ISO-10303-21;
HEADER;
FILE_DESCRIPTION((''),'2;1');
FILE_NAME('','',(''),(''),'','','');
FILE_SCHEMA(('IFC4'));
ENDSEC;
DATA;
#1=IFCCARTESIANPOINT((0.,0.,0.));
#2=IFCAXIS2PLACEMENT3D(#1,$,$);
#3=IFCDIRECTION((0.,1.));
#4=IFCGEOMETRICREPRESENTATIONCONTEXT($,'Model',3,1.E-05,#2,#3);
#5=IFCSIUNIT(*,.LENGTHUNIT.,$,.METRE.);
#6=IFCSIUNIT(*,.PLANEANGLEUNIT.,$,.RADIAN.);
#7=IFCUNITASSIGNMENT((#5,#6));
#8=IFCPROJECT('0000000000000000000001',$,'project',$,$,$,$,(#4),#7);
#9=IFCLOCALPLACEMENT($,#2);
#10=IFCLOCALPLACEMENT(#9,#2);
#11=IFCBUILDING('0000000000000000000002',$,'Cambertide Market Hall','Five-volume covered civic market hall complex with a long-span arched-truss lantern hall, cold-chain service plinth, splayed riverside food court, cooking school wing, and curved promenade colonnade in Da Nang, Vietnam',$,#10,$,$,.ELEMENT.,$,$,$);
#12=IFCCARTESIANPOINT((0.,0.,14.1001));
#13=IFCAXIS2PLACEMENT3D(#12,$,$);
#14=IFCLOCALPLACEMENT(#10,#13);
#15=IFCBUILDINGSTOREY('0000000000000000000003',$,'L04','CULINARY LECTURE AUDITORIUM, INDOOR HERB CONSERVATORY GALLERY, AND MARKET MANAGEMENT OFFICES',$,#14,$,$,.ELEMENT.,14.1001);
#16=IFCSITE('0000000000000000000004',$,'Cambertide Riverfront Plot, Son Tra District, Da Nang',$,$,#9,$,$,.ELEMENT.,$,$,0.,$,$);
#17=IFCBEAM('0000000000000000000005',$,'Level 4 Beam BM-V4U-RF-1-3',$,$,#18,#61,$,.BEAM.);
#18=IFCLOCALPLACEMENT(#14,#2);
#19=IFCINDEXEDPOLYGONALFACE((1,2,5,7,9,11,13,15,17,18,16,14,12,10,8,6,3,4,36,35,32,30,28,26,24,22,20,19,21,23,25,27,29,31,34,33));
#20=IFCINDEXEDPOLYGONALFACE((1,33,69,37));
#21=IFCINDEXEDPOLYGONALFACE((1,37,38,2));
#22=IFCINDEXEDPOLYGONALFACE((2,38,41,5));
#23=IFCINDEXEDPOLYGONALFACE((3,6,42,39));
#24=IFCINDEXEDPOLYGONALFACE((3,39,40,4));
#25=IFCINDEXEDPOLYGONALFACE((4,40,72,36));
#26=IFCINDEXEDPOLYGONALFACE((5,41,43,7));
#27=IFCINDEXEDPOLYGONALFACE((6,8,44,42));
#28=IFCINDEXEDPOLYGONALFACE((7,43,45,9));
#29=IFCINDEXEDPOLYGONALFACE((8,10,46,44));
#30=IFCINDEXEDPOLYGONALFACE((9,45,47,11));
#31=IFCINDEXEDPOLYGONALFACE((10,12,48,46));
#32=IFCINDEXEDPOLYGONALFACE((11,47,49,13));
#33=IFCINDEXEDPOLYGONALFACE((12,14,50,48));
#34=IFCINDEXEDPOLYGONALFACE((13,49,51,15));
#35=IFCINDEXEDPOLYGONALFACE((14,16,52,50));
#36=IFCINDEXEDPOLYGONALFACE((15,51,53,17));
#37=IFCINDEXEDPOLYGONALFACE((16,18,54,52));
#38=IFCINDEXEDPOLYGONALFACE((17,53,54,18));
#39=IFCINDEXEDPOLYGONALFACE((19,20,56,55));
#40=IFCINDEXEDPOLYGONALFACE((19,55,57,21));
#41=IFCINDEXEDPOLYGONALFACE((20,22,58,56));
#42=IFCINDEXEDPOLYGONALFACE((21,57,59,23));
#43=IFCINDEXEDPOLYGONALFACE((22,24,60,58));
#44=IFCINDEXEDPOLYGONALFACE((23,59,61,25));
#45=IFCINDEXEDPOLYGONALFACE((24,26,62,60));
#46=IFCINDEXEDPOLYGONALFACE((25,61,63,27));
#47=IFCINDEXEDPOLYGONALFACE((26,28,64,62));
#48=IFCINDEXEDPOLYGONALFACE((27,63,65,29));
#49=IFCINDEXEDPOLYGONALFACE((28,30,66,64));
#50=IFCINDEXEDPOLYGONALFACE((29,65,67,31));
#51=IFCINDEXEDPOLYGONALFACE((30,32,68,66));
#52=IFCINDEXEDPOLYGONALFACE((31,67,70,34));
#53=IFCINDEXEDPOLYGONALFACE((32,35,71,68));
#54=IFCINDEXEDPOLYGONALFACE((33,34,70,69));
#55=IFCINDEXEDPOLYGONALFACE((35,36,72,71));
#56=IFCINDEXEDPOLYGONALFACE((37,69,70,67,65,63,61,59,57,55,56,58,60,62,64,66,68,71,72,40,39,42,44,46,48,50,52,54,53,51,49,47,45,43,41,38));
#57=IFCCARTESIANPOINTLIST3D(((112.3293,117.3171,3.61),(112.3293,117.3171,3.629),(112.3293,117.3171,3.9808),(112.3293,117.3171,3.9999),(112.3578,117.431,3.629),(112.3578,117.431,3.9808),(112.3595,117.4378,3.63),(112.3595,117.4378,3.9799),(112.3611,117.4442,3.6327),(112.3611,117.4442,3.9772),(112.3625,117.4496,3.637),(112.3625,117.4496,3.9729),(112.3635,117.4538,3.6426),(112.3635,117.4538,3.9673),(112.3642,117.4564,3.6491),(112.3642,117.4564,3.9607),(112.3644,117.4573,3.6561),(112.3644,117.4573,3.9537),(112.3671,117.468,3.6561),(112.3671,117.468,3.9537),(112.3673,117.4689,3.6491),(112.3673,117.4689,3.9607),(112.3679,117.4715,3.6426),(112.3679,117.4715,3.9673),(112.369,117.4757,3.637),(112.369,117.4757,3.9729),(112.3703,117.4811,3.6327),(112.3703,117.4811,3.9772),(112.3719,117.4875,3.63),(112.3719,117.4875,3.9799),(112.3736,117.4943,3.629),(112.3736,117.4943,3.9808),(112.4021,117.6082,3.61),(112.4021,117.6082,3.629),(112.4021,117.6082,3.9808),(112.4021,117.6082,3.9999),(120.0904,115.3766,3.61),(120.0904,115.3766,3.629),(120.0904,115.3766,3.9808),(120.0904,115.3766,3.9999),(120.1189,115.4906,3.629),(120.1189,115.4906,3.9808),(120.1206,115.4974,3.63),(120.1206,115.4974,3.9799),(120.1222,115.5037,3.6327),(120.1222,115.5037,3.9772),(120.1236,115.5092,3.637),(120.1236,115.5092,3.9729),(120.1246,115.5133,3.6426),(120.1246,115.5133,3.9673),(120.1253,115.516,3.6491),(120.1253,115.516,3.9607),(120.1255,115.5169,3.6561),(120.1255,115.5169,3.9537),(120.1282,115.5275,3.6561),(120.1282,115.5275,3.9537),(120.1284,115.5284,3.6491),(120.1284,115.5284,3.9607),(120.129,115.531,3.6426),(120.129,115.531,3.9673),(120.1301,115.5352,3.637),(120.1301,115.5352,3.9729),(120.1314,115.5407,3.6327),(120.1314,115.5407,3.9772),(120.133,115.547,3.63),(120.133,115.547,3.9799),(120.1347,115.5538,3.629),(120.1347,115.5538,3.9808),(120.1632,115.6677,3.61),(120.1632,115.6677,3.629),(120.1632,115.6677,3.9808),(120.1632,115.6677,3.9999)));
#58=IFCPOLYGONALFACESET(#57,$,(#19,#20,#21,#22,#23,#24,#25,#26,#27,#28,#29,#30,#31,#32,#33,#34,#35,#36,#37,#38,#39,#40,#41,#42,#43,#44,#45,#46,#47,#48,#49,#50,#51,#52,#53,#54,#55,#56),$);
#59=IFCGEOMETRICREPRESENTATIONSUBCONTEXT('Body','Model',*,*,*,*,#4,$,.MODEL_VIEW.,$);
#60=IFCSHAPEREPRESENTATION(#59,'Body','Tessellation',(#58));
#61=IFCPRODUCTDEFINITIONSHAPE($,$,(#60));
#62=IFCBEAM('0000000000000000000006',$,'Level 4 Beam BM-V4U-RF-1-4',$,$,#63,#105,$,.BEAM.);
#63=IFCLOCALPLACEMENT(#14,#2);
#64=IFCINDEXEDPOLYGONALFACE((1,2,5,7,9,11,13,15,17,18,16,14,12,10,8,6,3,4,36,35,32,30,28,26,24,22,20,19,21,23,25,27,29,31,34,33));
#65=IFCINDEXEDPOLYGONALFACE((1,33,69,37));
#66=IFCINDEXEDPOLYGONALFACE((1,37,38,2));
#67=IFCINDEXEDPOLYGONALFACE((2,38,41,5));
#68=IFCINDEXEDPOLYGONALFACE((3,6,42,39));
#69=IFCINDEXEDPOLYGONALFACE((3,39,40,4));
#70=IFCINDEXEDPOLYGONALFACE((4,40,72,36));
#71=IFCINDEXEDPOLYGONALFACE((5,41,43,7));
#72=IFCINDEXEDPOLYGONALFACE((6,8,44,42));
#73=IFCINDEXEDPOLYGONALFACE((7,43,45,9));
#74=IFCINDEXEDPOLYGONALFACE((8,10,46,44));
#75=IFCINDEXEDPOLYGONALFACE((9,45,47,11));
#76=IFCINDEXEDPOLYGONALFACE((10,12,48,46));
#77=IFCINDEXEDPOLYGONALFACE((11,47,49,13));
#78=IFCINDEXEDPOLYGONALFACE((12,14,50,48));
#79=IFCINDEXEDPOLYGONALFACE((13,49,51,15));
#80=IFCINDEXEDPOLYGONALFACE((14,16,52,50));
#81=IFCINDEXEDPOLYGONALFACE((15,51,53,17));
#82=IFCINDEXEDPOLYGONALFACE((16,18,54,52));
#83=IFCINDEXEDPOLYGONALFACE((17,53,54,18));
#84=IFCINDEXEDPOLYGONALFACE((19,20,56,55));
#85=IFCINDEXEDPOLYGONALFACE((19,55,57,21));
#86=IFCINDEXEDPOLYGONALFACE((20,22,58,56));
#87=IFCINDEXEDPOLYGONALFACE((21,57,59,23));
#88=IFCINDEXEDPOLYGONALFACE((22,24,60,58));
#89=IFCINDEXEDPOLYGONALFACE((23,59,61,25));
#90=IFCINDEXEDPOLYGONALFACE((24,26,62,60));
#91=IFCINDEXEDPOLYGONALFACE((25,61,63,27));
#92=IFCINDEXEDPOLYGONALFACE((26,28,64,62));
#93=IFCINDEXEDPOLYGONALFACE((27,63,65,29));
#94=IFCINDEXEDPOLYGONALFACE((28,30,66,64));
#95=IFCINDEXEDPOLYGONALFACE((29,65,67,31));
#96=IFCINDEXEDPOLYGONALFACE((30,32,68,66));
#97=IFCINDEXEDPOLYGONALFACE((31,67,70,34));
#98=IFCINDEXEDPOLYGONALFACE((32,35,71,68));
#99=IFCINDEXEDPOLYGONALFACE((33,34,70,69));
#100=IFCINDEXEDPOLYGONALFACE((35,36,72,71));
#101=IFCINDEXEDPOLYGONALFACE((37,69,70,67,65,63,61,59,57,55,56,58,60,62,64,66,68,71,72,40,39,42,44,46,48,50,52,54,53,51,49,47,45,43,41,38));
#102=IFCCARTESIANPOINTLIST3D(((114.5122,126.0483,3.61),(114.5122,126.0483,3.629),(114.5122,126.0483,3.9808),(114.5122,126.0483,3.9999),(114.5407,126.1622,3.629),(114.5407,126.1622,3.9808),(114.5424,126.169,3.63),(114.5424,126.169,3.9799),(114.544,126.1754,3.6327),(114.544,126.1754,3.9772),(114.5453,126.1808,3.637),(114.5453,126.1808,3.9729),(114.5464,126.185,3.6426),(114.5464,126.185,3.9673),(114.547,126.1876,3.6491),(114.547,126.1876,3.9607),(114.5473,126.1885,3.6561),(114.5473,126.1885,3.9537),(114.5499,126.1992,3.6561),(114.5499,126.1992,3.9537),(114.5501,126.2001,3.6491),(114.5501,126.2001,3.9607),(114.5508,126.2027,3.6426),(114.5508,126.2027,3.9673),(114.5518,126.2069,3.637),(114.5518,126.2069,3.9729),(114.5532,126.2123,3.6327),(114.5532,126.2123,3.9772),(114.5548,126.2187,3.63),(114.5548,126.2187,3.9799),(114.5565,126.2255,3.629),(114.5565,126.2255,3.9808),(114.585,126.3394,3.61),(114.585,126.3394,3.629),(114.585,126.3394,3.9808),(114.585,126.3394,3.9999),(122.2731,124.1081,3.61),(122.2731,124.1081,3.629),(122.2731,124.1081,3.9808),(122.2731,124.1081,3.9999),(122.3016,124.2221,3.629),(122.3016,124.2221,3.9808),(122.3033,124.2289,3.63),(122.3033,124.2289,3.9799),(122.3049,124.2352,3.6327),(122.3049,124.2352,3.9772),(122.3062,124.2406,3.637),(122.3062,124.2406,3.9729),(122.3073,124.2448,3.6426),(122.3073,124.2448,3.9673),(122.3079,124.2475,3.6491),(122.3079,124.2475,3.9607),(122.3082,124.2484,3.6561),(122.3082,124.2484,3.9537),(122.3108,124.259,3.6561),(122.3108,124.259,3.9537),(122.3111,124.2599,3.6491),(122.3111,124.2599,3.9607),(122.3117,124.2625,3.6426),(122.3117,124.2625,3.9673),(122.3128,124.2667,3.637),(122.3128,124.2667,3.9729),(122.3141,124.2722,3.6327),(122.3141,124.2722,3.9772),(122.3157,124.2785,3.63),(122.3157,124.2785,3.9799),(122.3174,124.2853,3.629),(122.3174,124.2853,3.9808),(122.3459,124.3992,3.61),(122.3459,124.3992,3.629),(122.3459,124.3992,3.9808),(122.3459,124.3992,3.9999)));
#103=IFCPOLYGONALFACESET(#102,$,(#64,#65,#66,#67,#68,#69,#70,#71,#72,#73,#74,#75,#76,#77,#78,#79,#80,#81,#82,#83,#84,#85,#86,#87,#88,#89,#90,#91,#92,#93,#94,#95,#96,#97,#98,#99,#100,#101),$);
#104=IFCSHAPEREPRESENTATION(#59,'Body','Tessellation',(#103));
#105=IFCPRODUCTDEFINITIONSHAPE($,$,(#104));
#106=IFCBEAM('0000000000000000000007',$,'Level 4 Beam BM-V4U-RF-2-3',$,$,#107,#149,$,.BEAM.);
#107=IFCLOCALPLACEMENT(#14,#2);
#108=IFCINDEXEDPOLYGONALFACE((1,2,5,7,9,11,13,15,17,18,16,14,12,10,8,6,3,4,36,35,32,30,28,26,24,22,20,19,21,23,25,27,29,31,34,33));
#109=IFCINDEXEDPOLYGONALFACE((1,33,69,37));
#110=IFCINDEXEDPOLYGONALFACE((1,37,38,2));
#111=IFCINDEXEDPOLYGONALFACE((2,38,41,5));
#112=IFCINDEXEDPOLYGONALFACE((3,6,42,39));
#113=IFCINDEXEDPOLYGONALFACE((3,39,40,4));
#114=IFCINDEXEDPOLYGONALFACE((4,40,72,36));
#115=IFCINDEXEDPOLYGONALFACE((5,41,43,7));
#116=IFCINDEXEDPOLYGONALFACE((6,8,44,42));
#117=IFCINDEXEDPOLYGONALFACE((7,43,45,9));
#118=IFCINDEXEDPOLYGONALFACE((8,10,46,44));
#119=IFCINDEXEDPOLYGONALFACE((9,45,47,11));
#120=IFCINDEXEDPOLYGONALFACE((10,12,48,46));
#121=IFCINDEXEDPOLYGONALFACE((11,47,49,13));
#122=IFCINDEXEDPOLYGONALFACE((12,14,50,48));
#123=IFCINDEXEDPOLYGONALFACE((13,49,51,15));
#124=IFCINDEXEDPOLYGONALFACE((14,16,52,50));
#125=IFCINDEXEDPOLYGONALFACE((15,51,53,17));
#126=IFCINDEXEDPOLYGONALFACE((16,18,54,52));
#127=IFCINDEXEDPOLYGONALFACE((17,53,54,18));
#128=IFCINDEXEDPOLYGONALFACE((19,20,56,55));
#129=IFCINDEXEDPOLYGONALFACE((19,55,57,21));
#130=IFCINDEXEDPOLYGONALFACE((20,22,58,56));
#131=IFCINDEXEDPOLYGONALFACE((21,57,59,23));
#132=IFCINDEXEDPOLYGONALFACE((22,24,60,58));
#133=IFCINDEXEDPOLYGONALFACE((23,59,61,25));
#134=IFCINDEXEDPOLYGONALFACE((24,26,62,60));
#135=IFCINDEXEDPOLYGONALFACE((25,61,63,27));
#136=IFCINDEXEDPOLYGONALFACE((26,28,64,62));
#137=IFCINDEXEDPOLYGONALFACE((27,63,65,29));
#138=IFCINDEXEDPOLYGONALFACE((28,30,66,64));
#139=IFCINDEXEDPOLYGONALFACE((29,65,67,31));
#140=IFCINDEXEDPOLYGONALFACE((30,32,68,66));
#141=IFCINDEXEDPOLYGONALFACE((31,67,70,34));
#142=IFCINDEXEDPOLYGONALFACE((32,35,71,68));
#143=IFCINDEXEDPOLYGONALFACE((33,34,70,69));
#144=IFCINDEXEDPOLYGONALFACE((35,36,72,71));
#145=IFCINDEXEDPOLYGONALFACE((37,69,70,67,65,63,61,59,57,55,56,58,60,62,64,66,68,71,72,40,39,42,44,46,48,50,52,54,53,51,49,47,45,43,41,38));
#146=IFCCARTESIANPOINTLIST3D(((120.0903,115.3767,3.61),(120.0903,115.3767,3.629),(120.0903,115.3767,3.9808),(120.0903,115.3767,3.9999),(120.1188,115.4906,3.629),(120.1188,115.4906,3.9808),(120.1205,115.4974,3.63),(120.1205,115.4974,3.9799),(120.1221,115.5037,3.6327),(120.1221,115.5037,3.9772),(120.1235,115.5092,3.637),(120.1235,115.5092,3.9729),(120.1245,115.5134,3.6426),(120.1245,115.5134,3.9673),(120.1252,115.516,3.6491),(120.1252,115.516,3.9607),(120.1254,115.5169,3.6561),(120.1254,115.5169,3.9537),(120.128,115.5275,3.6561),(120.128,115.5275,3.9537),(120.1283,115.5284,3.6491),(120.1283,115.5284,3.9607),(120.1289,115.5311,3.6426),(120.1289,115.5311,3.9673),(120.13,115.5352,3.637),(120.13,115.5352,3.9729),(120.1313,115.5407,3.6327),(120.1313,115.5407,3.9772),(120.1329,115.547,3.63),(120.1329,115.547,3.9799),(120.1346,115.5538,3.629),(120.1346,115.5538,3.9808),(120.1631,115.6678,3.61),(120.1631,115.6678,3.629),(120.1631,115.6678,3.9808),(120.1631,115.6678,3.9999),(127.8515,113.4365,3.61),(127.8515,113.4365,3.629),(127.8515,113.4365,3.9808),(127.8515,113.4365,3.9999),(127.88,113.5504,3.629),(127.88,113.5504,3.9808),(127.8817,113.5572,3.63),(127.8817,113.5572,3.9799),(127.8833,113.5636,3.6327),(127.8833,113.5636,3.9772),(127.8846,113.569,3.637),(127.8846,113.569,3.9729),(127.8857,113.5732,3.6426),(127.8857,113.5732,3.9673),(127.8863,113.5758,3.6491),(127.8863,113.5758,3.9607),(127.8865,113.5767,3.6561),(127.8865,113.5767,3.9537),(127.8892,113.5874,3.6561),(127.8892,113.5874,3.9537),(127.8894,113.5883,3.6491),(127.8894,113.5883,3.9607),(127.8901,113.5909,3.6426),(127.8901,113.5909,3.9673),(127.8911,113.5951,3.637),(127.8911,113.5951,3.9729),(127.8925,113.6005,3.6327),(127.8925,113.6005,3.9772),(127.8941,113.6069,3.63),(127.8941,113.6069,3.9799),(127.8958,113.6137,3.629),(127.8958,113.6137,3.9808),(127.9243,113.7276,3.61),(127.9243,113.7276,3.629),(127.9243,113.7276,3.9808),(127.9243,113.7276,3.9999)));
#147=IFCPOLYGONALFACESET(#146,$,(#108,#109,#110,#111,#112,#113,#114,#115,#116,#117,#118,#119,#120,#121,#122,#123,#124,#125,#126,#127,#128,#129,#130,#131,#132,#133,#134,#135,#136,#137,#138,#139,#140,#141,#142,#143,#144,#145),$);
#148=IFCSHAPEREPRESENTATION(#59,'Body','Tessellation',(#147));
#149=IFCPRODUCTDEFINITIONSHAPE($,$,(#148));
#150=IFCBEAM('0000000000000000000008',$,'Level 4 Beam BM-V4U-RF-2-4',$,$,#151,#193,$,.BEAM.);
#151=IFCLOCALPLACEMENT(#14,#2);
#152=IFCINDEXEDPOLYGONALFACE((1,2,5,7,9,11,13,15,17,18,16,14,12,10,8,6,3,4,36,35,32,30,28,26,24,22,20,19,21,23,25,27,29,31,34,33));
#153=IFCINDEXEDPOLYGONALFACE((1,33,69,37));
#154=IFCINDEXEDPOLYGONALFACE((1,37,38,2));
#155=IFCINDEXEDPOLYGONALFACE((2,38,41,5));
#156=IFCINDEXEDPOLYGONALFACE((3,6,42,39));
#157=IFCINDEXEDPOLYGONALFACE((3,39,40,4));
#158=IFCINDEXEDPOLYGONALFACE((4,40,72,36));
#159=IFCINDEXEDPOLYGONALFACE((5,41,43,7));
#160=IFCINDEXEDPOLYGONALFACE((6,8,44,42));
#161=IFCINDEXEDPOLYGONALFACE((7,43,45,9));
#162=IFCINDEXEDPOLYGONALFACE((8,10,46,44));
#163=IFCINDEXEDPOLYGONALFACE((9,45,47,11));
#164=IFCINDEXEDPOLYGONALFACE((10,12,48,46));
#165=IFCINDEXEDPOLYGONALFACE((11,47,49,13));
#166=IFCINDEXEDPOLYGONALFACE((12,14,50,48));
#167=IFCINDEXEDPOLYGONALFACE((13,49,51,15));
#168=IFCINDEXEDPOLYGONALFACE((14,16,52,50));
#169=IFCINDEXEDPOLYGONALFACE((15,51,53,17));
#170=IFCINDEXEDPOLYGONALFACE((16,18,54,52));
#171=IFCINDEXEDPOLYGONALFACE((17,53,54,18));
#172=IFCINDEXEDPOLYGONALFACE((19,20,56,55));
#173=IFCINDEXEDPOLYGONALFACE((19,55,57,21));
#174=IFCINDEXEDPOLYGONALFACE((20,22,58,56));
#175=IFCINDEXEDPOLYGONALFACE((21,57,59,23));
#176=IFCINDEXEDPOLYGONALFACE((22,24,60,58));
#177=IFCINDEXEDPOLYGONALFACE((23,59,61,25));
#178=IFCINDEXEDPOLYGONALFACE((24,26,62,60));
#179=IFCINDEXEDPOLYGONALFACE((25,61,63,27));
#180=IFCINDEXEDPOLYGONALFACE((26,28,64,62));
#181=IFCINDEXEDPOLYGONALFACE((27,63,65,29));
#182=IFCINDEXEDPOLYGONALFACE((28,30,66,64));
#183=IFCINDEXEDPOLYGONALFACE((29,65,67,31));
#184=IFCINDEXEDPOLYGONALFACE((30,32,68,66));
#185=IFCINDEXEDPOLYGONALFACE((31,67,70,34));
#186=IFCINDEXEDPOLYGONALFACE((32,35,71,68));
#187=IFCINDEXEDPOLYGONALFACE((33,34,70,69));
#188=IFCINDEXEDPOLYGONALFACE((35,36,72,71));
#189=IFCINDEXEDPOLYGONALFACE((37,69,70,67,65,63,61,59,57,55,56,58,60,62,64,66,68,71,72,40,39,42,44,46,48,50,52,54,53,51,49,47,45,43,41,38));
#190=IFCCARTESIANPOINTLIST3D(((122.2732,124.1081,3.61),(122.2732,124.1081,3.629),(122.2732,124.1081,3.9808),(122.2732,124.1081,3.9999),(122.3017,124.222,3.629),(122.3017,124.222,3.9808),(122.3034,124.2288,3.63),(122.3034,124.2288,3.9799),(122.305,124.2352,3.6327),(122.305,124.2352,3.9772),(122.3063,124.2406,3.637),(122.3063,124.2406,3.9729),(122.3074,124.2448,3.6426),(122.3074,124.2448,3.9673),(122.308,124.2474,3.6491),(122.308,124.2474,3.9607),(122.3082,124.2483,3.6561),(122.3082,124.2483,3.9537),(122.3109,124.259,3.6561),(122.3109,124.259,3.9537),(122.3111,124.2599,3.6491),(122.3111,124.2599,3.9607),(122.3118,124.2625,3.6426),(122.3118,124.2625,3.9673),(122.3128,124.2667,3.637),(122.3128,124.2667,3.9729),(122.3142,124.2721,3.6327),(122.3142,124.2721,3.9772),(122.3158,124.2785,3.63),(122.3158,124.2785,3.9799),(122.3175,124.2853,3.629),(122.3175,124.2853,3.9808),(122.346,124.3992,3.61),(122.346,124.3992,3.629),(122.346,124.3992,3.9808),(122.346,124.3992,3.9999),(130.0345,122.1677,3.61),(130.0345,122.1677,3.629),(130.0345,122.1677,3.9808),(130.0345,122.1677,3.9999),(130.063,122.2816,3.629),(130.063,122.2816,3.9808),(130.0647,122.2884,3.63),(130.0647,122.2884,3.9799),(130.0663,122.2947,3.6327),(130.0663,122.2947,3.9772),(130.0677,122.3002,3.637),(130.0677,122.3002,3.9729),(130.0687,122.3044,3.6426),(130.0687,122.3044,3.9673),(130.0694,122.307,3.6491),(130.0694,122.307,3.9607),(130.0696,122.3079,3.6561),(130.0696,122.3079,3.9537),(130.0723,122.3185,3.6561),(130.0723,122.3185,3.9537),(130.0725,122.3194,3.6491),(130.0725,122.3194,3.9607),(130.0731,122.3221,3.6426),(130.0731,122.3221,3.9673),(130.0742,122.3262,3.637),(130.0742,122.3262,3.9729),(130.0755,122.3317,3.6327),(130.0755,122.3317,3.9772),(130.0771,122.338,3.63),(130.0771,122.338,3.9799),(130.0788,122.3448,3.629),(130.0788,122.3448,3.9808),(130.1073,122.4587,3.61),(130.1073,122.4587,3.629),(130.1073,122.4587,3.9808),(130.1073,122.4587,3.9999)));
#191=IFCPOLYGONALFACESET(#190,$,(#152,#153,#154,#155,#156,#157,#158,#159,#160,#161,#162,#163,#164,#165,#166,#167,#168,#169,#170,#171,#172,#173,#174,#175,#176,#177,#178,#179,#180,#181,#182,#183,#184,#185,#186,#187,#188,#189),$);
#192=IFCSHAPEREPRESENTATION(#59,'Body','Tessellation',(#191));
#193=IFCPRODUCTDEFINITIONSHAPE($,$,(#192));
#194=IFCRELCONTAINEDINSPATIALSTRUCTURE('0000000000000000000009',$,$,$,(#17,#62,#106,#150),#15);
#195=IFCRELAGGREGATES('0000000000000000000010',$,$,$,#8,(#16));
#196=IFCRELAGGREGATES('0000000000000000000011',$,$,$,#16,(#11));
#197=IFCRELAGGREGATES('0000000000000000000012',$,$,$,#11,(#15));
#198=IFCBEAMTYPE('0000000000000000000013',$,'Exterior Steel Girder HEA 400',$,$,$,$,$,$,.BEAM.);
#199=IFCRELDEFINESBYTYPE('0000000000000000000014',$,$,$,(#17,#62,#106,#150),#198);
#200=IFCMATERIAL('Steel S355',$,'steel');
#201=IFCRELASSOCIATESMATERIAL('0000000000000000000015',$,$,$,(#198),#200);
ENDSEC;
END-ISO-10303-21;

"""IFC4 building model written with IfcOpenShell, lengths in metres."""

from ifc_helpers import new_model, si_unit, direction, frame, origin, origin_2d, place, context, subcontext, project, spatial, i_section, extrude, material, material_profile, profile_set, type_object, element, save


model = new_model("IFC4")

# Units and contexts
model_context = context("Model", 3, precision=1e-05, world=origin(), true_north=direction((0.0, 1.0)))
body_context = subcontext(model_context, "Body", "Model", "MODEL_VIEW")
ifc_project = project(units=[si_unit("LENGTHUNIT", "METRE"), si_unit("PLANEANGLEUNIT", "RADIAN")], contexts=[model_context])

# Site, building, storey
site_placement = place(None, origin())
site = spatial("IfcSite", under=ifc_project, at=site_placement, Name="Cambertide Riverfront Plot, Son Tra District, Da Nang", CompositionType="ELEMENT", RefElevation=0.0)
building_placement = place(site_placement, origin())
building = spatial("IfcBuilding", under=site, at=building_placement, Name="Cambertide Market Hall", Description="Five-volume covered civic market hall complex with a long-span arched-truss lantern hall, cold-chain service plinth, splayed riverside food court, cooking school wing, and curved promenade colonnade in Da Nang, Vietnam", CompositionType="ELEMENT")
storey_placement = place(building_placement, frame((0.0, 0.0, 14.1001)))
storey = spatial("IfcBuildingStorey", under=building, at=storey_placement, Name="L04", Description="CULINARY LECTURE AUDITORIUM, INDOOR HERB CONSERVATORY GALLERY, AND MARKET MANAGEMENT OFFICES", CompositionType="ELEMENT", Elevation=14.1001)

# Beams
ifc_material_1 = material(Name="Steel S355", Category="steel")
ifc_material_profile_1 = material_profile(ifc_material_1, i_section(OverallWidth=0.3, OverallDepth=0.3899, WebThickness=0.011, FlangeThickness=0.019, FilletRadius=0.0271, at=origin_2d()), Name="HEA 400")
ifc_profile_set_1 = profile_set([ifc_material_profile_1], Name="Steel S355")
beam_type_1 = type_object("IfcBeamType", Name="Exterior Steel Girder HEA 400", PredefinedType="BEAM", material=ifc_profile_set_1)
beam_1_placement = place(storey_placement, frame((112.3657, 117.4626, 3.8049), z_axis=(0.970137, -0.242557, 0.0), x_axis=(0.242557, 0.970137, 0.0)))
element("IfcBeam", 1, at=beam_1_placement, inside=storey, type_object=beam_type_1, Name="Level 4 Beam BM-V4U-RF-1-3", PredefinedType="BEAM", context=body_context, shape_type="SweptSolid", body=[
    extrude(i_section(OverallWidth=0.3, OverallDepth=0.3899, WebThickness=0.011, FlangeThickness=0.019, FilletRadius=0.0271, at=origin_2d()), origin(), (0.0, 0.0, 1.0), 8.0),
])
beam_2_placement = place(storey_placement, frame((114.5486, 126.1938, 3.8049), z_axis=(0.970144, -0.242528, 0.0), x_axis=(0.242528, 0.970144, 0.0)))
element("IfcBeam", 2, at=beam_2_placement, inside=storey, type_object=beam_type_1, Name="Level 4 Beam BM-V4U-RF-1-4", PredefinedType="BEAM", context=body_context, shape_type="SweptSolid", body=[
    extrude(i_section(OverallWidth=0.3, OverallDepth=0.3899, WebThickness=0.011, FlangeThickness=0.019, FilletRadius=0.0271, at=origin_2d()), origin(), (0.0, 0.0, 1.0), 7.9998),
])
beam_3_placement = place(storey_placement, frame((120.1267, 115.5222, 3.8049), z_axis=(0.970146, -0.242521, 0.0), x_axis=(0.242521, 0.970146, 0.0)))
element("IfcBeam", 3, at=beam_3_placement, inside=storey, type_object=beam_type_1, Name="Level 4 Beam BM-V4U-RF-2-3", PredefinedType="BEAM", context=body_context, shape_type="SweptSolid", body=[
    extrude(i_section(OverallWidth=0.3, OverallDepth=0.3899, WebThickness=0.011, FlangeThickness=0.019, FilletRadius=0.0271, at=origin_2d()), origin(), (0.0, 0.0, 1.0), 8.0),
])
beam_4_placement = place(storey_placement, frame((122.3096, 124.2537, 3.8049), z_axis=(0.970139, -0.24255, 0.0), x_axis=(0.24255, 0.970139, 0.0)))
element("IfcBeam", 4, at=beam_4_placement, inside=storey, type_object=beam_type_1, Name="Level 4 Beam BM-V4U-RF-2-4", PredefinedType="BEAM", context=body_context, shape_type="SweptSolid", body=[
    extrude(i_section(OverallWidth=0.3, OverallDepth=0.3899, WebThickness=0.011, FlangeThickness=0.019, FilletRadius=0.0271, at=origin_2d()), origin(), (0.0, 0.0, 1.0), 8.0002),
])

save(model, "model.ifc")
